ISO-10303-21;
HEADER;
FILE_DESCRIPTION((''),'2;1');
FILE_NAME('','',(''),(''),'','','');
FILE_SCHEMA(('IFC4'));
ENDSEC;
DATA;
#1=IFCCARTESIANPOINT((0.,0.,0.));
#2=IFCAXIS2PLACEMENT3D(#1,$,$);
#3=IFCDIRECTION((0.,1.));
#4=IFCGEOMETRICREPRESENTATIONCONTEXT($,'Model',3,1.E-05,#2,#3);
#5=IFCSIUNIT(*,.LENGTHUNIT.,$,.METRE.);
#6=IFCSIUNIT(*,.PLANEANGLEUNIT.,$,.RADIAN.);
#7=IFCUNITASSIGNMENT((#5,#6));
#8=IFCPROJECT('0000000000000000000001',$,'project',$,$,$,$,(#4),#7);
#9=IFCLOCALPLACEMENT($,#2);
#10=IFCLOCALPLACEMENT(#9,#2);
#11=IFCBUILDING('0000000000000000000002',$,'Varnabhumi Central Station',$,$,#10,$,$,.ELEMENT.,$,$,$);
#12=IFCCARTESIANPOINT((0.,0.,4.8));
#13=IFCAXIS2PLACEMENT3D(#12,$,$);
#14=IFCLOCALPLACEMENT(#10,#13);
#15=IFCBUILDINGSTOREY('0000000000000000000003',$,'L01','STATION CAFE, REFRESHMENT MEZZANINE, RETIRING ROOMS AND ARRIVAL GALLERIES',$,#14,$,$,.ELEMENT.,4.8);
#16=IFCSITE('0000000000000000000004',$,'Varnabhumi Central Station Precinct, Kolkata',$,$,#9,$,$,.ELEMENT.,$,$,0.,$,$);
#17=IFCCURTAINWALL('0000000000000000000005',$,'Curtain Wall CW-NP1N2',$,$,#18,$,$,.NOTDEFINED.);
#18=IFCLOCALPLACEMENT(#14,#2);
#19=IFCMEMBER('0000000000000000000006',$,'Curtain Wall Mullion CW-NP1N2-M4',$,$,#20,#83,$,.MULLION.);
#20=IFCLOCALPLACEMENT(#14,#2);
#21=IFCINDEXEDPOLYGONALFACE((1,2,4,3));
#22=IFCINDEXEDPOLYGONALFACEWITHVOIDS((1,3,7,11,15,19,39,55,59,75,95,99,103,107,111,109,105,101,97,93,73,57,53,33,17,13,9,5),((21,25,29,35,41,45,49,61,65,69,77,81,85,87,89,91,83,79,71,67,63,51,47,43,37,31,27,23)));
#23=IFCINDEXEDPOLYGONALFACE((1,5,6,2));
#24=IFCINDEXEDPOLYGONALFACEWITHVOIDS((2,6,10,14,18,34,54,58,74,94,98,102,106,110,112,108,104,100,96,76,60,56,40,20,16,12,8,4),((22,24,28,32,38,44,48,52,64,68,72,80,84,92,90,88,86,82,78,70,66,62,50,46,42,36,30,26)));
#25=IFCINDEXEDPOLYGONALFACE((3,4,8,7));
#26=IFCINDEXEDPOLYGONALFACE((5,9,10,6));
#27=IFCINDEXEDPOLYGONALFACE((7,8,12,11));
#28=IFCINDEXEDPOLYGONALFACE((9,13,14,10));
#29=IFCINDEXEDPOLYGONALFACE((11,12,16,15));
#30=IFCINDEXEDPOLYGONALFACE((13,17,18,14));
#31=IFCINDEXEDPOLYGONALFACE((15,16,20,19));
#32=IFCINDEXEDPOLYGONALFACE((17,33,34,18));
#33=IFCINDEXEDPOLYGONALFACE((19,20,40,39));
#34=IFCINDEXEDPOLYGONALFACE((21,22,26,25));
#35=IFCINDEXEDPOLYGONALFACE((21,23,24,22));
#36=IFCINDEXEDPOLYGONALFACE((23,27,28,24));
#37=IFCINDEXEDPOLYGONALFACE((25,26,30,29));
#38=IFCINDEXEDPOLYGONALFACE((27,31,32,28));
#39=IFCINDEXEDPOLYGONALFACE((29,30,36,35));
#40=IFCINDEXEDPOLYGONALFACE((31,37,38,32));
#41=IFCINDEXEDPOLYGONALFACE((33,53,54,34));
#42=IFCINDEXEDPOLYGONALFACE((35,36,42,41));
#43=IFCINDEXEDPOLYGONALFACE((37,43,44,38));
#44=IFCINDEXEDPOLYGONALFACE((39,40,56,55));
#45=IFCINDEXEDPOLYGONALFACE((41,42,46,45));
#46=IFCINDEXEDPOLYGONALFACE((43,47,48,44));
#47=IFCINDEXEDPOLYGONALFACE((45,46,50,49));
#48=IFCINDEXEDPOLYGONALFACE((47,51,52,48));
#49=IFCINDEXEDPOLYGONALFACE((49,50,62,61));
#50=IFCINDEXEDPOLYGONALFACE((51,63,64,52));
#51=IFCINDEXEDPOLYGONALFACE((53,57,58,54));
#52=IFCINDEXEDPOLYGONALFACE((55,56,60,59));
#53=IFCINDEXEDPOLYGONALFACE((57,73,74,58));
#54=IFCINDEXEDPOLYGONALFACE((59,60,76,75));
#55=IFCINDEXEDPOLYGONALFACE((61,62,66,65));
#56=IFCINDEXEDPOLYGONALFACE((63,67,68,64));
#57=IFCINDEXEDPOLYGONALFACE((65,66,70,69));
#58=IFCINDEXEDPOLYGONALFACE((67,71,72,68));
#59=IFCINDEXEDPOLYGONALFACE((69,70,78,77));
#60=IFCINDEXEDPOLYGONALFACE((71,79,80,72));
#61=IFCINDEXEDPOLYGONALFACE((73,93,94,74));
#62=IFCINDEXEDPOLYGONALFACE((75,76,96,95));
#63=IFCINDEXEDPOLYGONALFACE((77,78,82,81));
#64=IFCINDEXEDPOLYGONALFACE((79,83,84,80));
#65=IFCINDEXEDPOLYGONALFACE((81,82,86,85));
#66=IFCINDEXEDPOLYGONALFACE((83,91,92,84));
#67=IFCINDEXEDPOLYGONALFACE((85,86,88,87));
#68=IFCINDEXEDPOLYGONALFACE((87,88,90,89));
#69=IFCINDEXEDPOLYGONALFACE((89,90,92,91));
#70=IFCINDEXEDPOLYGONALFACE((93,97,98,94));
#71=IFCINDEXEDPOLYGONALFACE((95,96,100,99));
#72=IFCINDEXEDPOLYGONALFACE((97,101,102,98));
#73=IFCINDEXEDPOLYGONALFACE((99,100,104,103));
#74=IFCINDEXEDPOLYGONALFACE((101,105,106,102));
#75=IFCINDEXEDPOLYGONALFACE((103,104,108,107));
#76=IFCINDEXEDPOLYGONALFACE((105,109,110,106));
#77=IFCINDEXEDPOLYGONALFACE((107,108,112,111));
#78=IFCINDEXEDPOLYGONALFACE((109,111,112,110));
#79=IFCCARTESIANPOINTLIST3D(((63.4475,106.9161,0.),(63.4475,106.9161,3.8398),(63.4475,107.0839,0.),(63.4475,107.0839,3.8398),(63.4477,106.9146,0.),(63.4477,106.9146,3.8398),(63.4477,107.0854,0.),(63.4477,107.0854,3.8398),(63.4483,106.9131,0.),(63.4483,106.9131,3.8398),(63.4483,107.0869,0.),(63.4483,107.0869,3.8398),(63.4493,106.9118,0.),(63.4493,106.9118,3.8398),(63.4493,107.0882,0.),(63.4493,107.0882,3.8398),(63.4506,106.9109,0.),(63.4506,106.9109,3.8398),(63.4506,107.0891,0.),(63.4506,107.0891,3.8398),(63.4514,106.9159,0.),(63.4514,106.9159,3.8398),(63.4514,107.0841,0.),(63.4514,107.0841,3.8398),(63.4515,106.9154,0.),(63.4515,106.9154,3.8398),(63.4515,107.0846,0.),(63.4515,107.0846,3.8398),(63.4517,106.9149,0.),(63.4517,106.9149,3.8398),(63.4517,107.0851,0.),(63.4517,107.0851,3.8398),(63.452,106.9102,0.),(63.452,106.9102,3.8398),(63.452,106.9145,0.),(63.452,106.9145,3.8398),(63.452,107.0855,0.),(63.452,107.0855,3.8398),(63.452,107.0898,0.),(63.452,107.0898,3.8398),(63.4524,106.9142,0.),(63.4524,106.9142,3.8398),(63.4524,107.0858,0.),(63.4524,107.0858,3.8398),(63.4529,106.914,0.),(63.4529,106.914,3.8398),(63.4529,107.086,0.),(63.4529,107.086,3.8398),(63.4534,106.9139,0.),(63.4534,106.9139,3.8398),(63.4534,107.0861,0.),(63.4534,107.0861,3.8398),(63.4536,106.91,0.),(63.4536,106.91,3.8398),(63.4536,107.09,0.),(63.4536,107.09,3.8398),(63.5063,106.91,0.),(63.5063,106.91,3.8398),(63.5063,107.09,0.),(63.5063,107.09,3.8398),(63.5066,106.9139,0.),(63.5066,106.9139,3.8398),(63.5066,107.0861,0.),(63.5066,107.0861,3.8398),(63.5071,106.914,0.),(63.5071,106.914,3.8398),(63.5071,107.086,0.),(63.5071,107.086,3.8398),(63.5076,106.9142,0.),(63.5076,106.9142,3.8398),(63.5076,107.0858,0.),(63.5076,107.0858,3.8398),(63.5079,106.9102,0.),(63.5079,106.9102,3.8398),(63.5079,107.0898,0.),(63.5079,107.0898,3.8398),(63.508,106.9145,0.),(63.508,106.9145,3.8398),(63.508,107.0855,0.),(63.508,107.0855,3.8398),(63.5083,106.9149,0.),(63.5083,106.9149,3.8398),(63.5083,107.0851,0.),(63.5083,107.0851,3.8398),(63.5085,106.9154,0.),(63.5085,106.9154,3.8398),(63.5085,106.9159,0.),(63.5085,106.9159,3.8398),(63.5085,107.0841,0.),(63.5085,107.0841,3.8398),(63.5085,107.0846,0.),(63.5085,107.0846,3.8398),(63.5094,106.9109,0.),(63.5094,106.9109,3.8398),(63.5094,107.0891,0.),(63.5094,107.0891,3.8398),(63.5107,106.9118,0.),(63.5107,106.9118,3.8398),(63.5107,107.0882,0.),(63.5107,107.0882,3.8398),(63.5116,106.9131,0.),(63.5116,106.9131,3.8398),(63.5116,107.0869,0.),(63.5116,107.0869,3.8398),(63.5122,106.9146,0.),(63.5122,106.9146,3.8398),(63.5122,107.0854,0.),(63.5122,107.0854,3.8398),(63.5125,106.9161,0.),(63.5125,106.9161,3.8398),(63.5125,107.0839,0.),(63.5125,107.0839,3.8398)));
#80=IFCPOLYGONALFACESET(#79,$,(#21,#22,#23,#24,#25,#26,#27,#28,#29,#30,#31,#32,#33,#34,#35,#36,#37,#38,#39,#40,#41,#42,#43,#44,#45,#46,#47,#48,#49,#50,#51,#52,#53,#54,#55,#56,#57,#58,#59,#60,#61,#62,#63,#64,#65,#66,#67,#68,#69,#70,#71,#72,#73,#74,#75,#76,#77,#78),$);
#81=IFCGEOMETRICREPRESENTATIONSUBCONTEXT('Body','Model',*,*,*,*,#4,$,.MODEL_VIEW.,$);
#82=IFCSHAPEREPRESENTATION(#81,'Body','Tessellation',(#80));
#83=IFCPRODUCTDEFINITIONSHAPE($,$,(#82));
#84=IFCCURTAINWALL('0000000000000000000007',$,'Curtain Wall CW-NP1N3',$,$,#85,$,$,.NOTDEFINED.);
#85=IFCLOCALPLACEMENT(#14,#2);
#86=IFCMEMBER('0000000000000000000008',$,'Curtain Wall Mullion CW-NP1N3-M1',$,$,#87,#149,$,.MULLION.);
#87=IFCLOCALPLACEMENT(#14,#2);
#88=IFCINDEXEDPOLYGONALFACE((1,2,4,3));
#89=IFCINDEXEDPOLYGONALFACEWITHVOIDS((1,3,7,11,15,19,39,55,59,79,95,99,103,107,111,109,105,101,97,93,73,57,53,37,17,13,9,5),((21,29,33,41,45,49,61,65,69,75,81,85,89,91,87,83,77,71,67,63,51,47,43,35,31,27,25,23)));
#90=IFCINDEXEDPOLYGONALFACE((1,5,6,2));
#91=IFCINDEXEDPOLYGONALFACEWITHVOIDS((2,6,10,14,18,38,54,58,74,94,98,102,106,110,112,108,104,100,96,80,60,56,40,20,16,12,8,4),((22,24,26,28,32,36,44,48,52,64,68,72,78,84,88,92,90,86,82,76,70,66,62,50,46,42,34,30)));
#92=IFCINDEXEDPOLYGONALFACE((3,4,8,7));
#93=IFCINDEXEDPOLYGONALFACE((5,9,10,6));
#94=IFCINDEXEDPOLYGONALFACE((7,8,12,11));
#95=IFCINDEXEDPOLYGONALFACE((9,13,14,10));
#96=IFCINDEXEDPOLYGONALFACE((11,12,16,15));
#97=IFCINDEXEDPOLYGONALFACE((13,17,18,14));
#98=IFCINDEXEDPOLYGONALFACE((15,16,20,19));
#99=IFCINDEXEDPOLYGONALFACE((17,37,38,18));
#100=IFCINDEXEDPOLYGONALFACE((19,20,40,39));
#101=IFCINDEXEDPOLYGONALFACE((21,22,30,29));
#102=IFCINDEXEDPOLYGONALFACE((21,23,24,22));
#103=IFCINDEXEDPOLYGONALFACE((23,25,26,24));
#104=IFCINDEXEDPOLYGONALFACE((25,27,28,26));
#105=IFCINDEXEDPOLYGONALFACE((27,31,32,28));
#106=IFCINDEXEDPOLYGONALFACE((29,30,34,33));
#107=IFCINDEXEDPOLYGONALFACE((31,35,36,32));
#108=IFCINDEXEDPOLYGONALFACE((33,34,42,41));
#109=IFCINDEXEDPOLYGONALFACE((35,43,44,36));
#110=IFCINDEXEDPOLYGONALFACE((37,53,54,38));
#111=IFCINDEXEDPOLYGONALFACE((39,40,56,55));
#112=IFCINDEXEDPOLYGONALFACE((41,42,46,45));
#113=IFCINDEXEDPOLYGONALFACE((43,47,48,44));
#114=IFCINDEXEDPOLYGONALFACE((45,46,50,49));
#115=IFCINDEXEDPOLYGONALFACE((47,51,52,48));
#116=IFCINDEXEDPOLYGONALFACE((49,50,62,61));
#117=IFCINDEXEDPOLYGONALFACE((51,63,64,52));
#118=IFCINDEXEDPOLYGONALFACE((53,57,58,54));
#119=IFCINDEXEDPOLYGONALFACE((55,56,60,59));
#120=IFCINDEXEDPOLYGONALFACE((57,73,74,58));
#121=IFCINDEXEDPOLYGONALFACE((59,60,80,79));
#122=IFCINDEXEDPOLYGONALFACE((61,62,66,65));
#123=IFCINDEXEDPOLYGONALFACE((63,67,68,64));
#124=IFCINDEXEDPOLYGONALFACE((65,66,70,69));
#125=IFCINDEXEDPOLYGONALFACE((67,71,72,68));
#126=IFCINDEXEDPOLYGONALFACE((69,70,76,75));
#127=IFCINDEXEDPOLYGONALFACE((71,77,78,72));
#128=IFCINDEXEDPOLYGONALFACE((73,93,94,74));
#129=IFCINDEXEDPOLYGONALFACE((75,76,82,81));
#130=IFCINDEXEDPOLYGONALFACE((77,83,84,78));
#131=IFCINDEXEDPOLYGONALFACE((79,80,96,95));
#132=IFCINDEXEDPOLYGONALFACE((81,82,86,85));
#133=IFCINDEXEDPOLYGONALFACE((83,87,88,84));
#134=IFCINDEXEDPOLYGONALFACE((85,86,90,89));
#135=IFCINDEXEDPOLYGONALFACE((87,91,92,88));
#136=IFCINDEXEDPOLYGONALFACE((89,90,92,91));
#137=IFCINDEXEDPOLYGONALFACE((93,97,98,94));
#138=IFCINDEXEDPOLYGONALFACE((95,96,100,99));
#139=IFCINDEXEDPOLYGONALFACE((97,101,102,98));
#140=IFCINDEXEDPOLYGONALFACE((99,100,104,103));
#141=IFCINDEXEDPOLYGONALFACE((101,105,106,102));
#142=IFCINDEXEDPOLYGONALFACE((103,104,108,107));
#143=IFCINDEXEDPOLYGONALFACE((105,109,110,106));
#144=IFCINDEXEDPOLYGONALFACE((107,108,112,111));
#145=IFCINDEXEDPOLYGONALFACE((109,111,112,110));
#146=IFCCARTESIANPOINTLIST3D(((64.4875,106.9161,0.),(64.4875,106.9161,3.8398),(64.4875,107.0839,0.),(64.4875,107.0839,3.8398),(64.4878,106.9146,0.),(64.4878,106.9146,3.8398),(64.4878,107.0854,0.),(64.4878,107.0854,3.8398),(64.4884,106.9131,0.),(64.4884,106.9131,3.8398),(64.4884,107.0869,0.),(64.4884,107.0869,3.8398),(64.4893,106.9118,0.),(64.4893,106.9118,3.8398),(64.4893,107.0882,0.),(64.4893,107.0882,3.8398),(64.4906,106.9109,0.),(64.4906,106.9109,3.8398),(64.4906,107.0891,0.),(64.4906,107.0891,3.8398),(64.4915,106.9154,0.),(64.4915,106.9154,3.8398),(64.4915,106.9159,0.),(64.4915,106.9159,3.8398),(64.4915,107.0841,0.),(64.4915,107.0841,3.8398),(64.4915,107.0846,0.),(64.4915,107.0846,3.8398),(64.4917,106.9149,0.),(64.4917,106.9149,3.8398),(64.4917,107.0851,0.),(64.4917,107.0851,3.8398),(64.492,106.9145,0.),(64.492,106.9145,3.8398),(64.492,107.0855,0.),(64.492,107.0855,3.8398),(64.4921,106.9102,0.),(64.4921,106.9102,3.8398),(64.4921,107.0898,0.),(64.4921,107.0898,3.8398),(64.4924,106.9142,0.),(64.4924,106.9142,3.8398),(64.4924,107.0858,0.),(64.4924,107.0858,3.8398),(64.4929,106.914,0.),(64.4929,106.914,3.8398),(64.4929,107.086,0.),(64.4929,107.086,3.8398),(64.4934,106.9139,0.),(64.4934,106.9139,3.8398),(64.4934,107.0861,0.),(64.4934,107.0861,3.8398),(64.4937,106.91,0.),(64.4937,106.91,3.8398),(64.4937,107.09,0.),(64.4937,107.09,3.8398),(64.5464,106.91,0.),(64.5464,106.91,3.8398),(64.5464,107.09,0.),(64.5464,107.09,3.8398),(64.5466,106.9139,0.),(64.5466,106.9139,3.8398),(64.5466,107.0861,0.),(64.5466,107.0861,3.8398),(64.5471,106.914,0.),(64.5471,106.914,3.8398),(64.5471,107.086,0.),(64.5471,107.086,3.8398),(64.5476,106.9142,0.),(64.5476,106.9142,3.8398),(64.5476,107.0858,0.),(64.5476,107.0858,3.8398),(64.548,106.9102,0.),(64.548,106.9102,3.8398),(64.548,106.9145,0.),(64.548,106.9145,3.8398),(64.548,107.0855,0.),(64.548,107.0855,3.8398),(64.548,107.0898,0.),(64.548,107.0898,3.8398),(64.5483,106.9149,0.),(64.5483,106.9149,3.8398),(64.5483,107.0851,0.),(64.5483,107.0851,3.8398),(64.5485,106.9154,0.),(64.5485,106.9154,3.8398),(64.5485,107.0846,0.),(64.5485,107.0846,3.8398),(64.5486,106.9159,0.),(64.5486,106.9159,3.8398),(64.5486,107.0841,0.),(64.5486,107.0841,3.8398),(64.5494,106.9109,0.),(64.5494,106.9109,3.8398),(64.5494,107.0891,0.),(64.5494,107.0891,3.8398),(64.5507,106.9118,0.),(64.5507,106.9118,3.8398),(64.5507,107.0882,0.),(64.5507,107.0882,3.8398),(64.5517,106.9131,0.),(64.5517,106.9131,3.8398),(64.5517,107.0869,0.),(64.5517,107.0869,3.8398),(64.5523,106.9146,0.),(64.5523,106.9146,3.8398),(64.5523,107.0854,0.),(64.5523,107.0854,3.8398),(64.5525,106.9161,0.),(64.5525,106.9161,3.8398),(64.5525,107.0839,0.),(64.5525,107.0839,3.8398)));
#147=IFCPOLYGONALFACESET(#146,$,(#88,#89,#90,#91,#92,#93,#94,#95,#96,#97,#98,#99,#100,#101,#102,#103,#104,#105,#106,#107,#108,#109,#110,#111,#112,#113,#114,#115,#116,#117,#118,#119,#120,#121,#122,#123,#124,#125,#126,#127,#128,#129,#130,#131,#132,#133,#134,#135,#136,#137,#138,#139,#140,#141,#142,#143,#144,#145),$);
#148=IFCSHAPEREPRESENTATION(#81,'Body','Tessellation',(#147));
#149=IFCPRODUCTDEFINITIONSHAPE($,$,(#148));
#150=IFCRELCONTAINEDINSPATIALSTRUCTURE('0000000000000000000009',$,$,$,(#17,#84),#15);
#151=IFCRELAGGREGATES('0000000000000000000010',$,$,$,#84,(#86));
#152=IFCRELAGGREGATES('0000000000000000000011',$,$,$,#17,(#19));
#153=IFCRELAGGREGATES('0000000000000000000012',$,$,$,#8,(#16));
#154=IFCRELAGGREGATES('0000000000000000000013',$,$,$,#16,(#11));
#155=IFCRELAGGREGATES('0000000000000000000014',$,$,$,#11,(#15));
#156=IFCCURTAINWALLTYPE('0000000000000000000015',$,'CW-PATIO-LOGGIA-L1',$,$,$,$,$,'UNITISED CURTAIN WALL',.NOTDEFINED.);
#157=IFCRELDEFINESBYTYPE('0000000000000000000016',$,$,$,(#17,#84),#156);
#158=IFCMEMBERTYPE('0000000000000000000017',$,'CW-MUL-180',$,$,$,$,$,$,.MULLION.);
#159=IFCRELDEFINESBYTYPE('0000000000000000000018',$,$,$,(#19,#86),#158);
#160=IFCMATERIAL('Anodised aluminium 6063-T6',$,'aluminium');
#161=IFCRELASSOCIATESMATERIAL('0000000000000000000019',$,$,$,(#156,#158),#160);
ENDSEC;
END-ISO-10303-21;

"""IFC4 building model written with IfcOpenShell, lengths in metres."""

from ifc_helpers import new_model, si_unit, direction, frame, origin, origin_2d, place, context, subcontext, project, spatial, hollow_rectangle, extrude, material, material_profile, profile_set, type_object, element, aggregate, save


model = new_model("IFC4")

# Units and contexts
model_context = context("Model", 3, precision=1e-05, world=origin(), true_north=direction((0.0, 1.0)))
body_context = subcontext(model_context, "Body", "Model", "MODEL_VIEW")
ifc_project = project(units=[si_unit("LENGTHUNIT", "METRE"), si_unit("PLANEANGLEUNIT", "RADIAN")], contexts=[model_context])

# Site, building, storey
site_placement = place(None, origin())
site = spatial("IfcSite", under=ifc_project, at=site_placement, Name="Varnabhumi Central Station Precinct, Kolkata", CompositionType="ELEMENT", RefElevation=0.0)
building_placement = place(site_placement, origin())
building = spatial("IfcBuilding", under=site, at=building_placement, Name="Varnabhumi Central Station", CompositionType="ELEMENT")
storey_placement = place(building_placement, frame((0.0, 0.0, 4.8)))
storey = spatial("IfcBuildingStorey", under=building, at=storey_placement, Name="L01", Description="STATION CAFE, REFRESHMENT MEZZANINE, RETIRING ROOMS AND ARRIVAL GALLERIES", CompositionType="ELEMENT", Elevation=4.8)

# Curtain walls, members
ifc_material_1 = material(Name="Anodised aluminium 6063-T6", Category="aluminium")
curtain_wall_type = type_object("IfcCurtainWallType", Name="CW-PATIO-LOGGIA-L1", ElementType="UNITISED CURTAIN WALL", PredefinedType="NOTDEFINED", material=ifc_material_1)
curtain_wall_1_placement = place(storey_placement, origin())
curtain_wall_1 = element("IfcCurtainWall", 1, at=curtain_wall_1_placement, inside=storey, type_object=curtain_wall_type, Name="Curtain Wall CW-NP1N2", PredefinedType="NOTDEFINED")
ifc_material_profile_1 = material_profile(ifc_material_1, hollow_rectangle(XDim=0.0649, YDim=0.1799, WallThickness=0.0039, InnerFilletRadius=0.002, OuterFilletRadius=0.0061, at=origin_2d()), Name="Anodised aluminium 6063-T6", Category="aluminium")
ifc_profile_set_1 = profile_set([ifc_material_profile_1], Name="Anodised aluminium 6063-T6")
member_type_1 = type_object("IfcMemberType", Name="CW-MUL-180", PredefinedType="MULLION", material=ifc_profile_set_1)
member_1_placement = place(storey_placement, frame((63.48, 107.0, 0.0), z_axis=(0.0, 0.0, 1.0), x_axis=(1.0, 0.0, 0.0)))
member_1 = element("IfcMember", 2, at=member_1_placement, type_object=member_type_1, Name="Curtain Wall Mullion CW-NP1N2-M4", PredefinedType="MULLION", context=body_context, shape_type="SweptSolid", body=[
    extrude(hollow_rectangle(XDim=0.0649, YDim=0.1799, WallThickness=0.0039, InnerFilletRadius=0.002, OuterFilletRadius=0.0061, at=origin_2d()), origin(), (0.0, 0.0, 1.0), 3.8398),
])
curtain_wall_2_placement = place(storey_placement, origin())
curtain_wall_2 = element("IfcCurtainWall", 3, at=curtain_wall_2_placement, inside=storey, type_object=curtain_wall_type, Name="Curtain Wall CW-NP1N3", PredefinedType="NOTDEFINED")
member_2_placement = place(storey_placement, frame((64.52, 107.0, 0.0), z_axis=(0.0, 0.0, 1.0), x_axis=(1.0, 0.0, 0.0)))
member_2 = element("IfcMember", 4, at=member_2_placement, type_object=member_type_1, Name="Curtain Wall Mullion CW-NP1N3-M1", PredefinedType="MULLION", context=body_context, shape_type="SweptSolid", body=[
    extrude(hollow_rectangle(XDim=0.0649, YDim=0.1799, WallThickness=0.0039, InnerFilletRadius=0.002, OuterFilletRadius=0.0061, at=origin_2d()), origin(), (0.0, 0.0, 1.0), 3.8398),
])
aggregate(curtain_wall_2, [member_2])

aggregate(curtain_wall_1, [member_1])

save(model, "model.ifc")
